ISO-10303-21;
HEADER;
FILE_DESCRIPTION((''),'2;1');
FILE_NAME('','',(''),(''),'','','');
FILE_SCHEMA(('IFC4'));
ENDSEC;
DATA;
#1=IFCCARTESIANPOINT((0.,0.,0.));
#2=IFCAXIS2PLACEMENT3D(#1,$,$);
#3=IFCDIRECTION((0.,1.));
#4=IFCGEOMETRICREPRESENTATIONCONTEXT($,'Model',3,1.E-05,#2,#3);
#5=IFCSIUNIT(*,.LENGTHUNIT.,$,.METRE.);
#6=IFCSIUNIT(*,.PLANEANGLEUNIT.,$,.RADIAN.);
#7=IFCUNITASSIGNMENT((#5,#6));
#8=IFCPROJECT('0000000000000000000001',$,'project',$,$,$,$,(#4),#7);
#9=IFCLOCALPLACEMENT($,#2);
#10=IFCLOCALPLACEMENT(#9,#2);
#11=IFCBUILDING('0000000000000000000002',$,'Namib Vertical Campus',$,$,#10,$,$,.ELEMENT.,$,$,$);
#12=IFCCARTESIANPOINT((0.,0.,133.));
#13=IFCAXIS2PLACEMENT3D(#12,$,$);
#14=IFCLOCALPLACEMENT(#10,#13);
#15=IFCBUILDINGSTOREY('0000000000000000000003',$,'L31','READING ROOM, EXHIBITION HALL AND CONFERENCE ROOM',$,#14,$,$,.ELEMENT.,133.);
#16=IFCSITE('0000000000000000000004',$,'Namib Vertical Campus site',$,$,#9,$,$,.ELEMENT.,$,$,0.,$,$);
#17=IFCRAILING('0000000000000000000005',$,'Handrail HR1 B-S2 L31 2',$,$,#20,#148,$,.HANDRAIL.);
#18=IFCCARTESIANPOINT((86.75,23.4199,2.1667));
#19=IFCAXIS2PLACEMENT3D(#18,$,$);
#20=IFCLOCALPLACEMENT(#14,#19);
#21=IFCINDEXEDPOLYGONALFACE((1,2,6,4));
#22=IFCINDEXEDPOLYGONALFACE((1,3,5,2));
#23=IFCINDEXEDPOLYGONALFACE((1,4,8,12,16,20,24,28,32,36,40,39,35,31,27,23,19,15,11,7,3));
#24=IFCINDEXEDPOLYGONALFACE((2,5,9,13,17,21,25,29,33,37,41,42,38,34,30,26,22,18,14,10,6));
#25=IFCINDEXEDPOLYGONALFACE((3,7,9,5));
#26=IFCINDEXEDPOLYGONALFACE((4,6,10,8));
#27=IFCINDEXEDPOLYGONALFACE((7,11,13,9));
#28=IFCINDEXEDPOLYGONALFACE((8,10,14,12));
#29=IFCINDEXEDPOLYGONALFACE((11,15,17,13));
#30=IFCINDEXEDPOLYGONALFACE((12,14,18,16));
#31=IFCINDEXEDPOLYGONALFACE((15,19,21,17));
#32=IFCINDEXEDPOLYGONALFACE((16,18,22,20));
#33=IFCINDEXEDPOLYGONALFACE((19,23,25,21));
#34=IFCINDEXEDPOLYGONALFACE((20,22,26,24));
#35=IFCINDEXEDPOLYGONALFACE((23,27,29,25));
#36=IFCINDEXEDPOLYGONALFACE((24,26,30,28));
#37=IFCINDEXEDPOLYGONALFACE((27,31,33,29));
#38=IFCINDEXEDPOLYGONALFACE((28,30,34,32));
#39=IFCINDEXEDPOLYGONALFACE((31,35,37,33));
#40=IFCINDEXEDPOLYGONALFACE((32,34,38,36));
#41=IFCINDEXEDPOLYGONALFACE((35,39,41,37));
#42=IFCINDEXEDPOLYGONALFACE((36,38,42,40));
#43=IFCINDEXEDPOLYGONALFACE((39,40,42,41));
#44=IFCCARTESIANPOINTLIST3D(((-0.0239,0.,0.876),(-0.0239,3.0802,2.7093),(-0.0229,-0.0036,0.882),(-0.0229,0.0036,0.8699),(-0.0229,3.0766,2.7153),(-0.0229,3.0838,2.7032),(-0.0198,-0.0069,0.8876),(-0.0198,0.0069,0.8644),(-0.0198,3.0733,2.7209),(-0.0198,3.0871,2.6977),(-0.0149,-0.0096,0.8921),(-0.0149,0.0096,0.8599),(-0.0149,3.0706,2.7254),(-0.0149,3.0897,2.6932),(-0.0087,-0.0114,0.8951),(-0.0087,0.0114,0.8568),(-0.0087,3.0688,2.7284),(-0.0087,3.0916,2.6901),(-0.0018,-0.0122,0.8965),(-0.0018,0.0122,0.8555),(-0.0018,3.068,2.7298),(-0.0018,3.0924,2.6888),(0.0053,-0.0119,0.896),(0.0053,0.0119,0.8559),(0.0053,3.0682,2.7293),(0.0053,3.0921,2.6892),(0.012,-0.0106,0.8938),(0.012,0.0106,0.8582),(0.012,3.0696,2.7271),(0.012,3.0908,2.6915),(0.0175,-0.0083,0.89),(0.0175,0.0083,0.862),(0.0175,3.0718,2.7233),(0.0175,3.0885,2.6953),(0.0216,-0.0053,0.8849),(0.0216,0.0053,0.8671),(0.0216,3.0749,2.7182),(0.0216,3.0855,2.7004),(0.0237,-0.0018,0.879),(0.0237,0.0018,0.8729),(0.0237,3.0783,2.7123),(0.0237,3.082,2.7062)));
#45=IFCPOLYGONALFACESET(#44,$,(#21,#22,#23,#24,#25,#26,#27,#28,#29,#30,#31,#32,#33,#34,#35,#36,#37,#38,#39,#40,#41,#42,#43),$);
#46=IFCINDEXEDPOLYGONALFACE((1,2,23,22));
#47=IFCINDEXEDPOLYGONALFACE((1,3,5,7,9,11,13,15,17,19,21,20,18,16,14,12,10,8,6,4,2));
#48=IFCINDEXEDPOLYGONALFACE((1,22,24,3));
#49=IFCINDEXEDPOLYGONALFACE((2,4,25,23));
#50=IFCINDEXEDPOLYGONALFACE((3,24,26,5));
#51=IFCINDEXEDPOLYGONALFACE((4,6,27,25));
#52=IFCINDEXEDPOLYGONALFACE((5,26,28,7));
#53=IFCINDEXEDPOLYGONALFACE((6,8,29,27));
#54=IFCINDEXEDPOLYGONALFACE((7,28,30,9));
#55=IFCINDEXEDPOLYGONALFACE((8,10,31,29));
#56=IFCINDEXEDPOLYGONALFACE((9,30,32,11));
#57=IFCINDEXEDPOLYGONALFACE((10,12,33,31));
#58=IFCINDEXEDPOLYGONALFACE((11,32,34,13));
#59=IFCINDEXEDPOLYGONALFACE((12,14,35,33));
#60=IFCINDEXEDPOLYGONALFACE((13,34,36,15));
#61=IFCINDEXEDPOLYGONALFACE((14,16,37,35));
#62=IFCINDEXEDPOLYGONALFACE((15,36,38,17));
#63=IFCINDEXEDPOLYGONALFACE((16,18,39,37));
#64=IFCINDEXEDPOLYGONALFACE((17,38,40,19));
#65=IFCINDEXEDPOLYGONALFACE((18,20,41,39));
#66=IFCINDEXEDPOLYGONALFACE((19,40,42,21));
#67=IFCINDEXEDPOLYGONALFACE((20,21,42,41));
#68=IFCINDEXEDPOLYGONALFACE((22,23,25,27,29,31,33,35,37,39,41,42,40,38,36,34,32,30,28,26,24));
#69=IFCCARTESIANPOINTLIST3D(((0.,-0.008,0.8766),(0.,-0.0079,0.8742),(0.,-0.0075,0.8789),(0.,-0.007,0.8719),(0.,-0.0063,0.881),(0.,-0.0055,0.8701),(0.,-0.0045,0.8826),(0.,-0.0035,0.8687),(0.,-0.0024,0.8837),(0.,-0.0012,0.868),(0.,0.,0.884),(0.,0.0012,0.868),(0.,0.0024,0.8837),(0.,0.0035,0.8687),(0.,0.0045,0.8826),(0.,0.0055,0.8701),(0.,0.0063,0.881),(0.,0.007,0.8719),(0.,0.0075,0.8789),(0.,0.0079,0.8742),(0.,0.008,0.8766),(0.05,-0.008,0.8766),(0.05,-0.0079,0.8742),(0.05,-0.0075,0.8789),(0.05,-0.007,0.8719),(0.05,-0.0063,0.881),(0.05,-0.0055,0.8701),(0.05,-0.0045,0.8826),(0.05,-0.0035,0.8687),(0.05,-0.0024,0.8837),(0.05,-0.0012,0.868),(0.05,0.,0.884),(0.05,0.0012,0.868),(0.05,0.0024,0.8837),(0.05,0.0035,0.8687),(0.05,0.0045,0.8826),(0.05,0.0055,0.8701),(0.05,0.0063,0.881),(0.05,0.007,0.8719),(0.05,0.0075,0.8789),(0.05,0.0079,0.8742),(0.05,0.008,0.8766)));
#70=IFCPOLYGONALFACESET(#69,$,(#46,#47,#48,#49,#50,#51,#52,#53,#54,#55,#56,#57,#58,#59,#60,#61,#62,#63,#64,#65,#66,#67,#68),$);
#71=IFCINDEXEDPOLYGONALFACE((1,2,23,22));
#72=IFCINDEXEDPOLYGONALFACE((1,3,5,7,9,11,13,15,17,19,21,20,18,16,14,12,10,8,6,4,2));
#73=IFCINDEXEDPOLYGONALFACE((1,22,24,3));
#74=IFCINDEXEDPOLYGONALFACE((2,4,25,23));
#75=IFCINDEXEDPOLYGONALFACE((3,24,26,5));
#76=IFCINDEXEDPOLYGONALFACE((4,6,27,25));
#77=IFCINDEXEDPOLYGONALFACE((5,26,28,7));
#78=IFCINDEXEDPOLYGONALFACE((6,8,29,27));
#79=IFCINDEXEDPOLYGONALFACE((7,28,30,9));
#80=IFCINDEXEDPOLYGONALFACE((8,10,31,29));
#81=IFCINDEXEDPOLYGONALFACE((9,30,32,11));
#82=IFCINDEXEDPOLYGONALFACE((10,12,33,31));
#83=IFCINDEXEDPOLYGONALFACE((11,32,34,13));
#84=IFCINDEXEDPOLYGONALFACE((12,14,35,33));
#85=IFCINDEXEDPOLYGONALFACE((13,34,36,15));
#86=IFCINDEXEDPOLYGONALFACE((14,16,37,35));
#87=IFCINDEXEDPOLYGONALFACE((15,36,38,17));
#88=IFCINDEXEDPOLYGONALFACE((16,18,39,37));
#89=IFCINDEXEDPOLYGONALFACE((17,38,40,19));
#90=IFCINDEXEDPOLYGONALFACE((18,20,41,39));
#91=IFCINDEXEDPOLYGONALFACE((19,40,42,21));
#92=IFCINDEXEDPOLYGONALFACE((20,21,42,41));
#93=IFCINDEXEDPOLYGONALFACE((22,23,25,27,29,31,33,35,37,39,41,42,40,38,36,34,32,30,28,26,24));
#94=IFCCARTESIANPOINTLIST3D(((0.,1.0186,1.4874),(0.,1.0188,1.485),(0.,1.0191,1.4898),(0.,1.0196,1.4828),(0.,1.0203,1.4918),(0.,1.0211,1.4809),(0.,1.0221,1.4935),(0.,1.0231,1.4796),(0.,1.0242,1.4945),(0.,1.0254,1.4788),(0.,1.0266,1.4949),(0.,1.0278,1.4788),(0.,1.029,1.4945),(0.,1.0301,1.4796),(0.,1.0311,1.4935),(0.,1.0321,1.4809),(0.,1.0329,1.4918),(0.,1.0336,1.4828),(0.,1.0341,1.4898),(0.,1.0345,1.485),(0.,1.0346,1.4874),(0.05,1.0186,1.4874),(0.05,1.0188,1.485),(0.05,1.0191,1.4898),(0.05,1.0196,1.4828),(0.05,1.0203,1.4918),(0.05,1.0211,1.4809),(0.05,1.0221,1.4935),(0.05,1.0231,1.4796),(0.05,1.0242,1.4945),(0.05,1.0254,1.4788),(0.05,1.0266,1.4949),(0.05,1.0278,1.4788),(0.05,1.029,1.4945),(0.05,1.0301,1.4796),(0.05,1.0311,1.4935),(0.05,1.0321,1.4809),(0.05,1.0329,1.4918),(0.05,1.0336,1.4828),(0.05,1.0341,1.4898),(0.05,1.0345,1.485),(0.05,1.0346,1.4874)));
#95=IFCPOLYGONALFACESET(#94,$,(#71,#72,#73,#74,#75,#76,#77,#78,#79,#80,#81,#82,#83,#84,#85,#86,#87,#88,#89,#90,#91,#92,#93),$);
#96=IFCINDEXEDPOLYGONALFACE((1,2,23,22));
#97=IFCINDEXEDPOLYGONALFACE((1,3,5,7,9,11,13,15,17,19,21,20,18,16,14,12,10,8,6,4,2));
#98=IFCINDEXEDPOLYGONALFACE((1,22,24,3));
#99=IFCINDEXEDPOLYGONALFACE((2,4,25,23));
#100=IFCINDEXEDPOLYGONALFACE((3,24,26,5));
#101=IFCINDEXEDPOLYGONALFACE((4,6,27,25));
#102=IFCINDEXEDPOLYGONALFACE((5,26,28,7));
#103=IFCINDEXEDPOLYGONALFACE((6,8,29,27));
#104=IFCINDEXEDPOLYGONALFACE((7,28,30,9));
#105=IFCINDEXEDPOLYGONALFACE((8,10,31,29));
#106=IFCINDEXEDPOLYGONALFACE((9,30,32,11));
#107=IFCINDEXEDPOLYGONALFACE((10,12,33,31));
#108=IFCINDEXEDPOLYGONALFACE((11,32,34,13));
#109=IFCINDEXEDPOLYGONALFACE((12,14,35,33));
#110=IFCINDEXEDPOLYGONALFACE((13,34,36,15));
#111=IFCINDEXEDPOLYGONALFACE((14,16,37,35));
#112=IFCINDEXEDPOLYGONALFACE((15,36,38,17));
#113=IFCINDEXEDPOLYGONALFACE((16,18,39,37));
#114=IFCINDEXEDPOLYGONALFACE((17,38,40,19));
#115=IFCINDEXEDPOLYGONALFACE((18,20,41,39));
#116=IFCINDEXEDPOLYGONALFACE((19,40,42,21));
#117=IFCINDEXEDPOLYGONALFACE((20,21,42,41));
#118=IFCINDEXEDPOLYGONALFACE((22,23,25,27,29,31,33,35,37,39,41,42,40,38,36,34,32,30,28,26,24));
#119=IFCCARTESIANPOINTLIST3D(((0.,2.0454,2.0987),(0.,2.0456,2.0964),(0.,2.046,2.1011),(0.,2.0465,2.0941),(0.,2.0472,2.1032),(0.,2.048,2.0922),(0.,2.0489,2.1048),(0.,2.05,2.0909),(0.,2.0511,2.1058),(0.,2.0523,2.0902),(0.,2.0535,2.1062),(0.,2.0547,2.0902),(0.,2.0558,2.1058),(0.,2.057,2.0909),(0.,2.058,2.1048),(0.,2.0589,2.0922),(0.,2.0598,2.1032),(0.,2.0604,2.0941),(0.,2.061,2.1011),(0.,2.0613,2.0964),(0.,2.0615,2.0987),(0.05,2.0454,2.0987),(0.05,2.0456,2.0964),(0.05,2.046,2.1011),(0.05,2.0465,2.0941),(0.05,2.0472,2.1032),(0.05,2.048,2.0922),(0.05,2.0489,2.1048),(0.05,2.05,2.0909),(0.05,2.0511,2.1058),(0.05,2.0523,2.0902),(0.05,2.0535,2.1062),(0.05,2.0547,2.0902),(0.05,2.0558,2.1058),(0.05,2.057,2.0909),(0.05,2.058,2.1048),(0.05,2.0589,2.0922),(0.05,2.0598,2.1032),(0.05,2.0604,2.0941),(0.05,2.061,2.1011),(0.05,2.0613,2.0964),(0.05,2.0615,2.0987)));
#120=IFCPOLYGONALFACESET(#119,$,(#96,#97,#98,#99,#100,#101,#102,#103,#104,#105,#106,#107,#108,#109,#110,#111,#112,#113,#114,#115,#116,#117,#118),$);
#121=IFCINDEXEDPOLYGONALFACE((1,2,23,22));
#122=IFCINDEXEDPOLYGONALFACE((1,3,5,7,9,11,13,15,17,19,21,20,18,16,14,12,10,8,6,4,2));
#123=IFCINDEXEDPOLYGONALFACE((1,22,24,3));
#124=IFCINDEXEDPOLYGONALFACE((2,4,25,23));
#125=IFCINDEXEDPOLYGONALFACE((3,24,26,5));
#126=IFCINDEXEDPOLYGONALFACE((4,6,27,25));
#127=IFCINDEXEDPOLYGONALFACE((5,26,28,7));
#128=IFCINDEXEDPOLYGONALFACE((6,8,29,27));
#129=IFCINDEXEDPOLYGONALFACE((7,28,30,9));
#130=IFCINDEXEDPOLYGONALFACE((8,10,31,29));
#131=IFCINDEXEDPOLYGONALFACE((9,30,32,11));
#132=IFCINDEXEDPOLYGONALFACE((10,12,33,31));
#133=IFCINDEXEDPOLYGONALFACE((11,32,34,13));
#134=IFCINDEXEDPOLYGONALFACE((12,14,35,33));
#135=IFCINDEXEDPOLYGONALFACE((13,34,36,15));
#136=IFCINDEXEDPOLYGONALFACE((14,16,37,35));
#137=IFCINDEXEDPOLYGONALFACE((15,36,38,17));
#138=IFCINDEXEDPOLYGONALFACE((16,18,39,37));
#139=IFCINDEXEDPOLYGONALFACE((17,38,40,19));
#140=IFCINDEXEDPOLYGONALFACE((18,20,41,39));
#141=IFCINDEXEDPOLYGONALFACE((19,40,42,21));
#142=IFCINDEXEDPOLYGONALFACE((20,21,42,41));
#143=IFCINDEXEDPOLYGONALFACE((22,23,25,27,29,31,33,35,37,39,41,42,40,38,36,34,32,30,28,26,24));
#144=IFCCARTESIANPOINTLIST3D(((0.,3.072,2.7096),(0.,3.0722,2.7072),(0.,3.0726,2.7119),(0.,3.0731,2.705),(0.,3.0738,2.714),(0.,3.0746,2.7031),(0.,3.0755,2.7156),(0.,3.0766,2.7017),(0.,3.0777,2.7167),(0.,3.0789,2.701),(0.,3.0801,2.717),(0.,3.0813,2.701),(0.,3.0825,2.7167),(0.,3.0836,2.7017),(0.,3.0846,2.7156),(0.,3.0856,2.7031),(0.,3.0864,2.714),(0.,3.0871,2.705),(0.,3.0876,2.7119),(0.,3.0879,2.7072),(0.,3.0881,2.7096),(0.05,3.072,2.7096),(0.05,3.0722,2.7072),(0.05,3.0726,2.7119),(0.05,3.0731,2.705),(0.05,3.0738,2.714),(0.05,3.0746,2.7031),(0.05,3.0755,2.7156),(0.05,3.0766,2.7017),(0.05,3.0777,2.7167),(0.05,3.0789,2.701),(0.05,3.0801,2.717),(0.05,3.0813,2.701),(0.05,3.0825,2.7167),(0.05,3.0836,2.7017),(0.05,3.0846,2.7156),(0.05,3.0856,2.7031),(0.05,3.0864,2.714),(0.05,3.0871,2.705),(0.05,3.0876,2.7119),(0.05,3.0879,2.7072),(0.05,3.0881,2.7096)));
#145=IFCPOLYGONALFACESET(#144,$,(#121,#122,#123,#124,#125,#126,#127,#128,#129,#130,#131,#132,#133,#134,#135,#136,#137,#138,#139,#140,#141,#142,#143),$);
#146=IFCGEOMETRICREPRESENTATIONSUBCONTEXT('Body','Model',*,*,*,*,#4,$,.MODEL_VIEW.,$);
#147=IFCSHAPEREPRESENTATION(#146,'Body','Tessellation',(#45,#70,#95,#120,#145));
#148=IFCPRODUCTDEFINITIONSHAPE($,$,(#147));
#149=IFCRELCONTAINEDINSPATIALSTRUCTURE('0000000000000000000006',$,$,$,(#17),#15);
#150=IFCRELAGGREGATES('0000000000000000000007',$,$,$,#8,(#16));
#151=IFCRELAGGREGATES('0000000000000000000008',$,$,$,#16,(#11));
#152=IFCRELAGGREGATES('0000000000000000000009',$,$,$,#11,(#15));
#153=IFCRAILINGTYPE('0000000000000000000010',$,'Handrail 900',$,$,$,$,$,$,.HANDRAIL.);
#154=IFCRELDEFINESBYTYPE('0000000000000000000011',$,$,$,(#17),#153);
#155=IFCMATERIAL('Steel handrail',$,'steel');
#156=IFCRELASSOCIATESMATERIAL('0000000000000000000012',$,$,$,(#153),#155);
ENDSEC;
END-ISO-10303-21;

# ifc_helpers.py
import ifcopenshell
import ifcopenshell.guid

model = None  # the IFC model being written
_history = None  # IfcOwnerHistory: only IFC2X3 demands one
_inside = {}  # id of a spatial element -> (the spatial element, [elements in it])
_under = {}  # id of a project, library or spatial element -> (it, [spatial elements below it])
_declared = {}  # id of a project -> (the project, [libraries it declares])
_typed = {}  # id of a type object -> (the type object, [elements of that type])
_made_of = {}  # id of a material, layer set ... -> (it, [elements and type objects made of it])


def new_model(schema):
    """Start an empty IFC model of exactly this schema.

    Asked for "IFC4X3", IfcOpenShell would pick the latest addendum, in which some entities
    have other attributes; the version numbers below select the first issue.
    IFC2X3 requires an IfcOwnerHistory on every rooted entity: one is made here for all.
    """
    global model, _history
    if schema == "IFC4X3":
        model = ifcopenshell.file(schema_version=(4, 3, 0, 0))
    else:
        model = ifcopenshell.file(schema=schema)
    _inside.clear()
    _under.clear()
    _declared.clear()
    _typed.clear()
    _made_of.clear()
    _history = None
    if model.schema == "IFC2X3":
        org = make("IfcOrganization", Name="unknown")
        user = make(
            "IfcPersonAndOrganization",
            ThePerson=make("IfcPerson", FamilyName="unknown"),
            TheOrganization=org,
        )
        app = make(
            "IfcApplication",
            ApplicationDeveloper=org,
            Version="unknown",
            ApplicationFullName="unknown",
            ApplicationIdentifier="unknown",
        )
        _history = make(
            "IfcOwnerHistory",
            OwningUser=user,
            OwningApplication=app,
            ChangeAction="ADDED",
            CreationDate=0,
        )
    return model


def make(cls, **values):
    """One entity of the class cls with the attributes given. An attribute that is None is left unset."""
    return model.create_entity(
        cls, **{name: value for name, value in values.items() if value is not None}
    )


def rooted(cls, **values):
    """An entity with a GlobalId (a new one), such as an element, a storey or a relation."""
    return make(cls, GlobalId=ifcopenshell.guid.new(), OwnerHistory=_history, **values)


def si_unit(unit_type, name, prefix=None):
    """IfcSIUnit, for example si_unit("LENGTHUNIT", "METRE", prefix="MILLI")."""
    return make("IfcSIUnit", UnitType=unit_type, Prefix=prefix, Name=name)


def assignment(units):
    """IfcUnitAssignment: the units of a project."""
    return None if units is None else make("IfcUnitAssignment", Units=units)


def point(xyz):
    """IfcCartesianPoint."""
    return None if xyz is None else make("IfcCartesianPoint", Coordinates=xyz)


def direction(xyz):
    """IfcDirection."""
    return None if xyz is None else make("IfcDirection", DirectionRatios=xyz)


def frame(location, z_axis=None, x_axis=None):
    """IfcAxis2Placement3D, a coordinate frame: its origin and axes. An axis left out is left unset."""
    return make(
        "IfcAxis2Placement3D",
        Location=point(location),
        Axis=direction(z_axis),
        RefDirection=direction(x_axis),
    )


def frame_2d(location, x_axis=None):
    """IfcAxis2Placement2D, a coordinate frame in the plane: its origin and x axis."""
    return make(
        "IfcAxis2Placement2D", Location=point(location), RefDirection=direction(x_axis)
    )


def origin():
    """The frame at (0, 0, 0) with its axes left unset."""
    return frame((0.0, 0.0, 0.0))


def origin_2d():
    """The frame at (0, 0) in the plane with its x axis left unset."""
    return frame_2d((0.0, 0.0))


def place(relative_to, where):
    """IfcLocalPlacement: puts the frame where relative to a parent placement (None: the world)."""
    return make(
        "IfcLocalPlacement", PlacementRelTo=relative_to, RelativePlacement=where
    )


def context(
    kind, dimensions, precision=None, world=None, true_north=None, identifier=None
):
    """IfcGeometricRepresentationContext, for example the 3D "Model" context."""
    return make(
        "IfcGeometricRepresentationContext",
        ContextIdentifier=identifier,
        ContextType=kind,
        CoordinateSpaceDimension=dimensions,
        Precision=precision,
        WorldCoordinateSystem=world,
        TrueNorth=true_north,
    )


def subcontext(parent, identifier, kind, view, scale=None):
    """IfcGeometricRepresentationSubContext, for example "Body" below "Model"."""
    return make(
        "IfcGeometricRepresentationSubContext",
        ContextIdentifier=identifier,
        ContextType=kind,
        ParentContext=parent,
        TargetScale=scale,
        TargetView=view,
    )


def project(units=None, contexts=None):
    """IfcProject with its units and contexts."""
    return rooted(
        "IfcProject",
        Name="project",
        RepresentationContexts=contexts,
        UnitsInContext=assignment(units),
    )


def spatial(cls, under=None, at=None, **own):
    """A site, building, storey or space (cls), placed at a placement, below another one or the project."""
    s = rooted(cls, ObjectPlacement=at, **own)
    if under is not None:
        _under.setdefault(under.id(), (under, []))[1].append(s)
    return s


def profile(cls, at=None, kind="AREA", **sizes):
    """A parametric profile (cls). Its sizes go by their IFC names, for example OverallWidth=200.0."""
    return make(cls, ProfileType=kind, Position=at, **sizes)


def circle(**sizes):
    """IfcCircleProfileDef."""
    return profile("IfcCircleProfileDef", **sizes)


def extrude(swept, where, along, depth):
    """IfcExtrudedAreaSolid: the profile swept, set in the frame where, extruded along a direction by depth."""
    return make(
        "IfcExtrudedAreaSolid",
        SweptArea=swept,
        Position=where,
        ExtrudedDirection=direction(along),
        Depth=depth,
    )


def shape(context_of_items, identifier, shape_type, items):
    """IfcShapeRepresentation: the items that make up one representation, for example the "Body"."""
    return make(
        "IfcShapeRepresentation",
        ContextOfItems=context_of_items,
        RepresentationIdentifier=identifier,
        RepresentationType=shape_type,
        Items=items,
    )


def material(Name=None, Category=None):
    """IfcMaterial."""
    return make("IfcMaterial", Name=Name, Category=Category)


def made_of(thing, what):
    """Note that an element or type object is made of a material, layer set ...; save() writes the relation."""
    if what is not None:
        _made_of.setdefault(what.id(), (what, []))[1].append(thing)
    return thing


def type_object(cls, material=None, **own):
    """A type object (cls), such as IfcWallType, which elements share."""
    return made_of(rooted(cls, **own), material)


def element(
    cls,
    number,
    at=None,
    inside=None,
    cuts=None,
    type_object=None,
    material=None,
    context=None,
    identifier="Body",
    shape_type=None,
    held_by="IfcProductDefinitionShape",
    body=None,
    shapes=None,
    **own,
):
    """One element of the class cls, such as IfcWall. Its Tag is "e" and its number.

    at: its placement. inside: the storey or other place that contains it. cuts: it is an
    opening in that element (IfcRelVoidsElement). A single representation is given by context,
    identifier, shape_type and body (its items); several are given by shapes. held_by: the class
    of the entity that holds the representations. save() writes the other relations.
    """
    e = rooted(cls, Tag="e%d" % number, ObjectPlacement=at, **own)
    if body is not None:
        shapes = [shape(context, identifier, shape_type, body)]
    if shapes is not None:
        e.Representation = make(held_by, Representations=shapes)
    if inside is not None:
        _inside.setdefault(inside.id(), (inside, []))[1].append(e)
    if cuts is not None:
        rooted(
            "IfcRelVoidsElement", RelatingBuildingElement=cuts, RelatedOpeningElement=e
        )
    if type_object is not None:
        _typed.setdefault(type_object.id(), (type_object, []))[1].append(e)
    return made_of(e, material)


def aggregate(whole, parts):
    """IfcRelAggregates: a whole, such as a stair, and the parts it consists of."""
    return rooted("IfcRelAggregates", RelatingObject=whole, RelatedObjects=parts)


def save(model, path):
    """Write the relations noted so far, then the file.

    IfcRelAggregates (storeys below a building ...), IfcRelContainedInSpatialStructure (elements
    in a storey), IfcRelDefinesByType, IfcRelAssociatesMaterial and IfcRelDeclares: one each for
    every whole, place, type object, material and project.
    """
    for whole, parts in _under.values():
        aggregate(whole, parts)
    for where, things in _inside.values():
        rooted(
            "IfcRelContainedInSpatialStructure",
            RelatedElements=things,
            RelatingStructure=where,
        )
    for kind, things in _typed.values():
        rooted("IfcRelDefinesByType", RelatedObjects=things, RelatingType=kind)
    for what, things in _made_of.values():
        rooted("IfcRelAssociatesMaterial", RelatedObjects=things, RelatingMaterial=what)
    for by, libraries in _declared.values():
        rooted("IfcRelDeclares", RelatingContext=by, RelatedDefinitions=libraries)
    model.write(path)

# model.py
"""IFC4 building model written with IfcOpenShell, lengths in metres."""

from ifc_helpers import new_model, si_unit, direction, frame, origin, origin_2d, place, context, subcontext, project, spatial, circle, extrude, material, type_object, element, save


model = new_model("IFC4")

# Units and contexts
model_context = context("Model", 3, precision=1e-05, world=origin(), true_north=direction((0.0, 1.0)))
body_context = subcontext(model_context, "Body", "Model", "MODEL_VIEW")
ifc_project = project(units=[si_unit("LENGTHUNIT", "METRE"), si_unit("PLANEANGLEUNIT", "RADIAN")], contexts=[model_context])

# Site, building, storey
site_placement = place(None, origin())
site = spatial("IfcSite", under=ifc_project, at=site_placement, Name="Namib Vertical Campus site", CompositionType="ELEMENT", RefElevation=0.0)
building_placement = place(site_placement, origin())
building = spatial("IfcBuilding", under=site, at=building_placement, Name="Namib Vertical Campus", CompositionType="ELEMENT")
storey_placement = place(building_placement, frame((0.0, 0.0, 133.0)))
storey = spatial("IfcBuildingStorey", under=building, at=storey_placement, Name="L31", Description="READING ROOM, EXHIBITION HALL AND CONFERENCE ROOM", CompositionType="ELEMENT", Elevation=133.0)

# Railing
ifc_material_1 = material(Name="Steel handrail", Category="steel")
railing_type_1 = type_object("IfcRailingType", Name="Handrail 900", PredefinedType="HANDRAIL", material=ifc_material_1)
railing_1_placement = place(storey_placement, frame((86.75, 23.4199, 2.1667)))
element("IfcRailing", 1, at=railing_1_placement, inside=storey, type_object=railing_type_1, Name="Handrail HR1 B-S2 L31 2", PredefinedType="HANDRAIL", context=body_context, shape_type="SweptSolid", body=[
    extrude(circle(Radius=0.0239, at=origin_2d()), frame((0.0, 0.0, 0.876), z_axis=(0.0, 0.859309, 0.511458), x_axis=(-1.0, 0.0, 0.0)), (0.0, 0.0, 1.0), 3.5845),
    extrude(circle(Radius=0.0081, at=origin_2d()), frame((0.0, 0.0, 0.876), z_axis=(1.0, 0.0, 0.0), x_axis=(0.0, 0.0, 1.0)), (0.0, 0.0, 1.0), 0.05),
    extrude(circle(Radius=0.0081, at=origin_2d()), frame((0.0, 1.0266, 1.4868), z_axis=(1.0, 0.0, 0.0), x_axis=(0.0, 0.0, 1.0)), (0.0, 0.0, 1.0), 0.05),
    extrude(circle(Radius=0.0081, at=origin_2d()), frame((0.0, 2.0535, 2.0981), z_axis=(1.0, 0.0, 0.0), x_axis=(0.0, 0.0, 1.0)), (0.0, 0.0, 1.0), 0.05),
    extrude(circle(Radius=0.0081, at=origin_2d()), frame((0.0, 3.0801, 2.709), z_axis=(1.0, 0.0, 0.0), x_axis=(0.0, 0.0, 1.0)), (0.0, 0.0, 1.0), 0.05),
])

save(model, "model.ifc")
